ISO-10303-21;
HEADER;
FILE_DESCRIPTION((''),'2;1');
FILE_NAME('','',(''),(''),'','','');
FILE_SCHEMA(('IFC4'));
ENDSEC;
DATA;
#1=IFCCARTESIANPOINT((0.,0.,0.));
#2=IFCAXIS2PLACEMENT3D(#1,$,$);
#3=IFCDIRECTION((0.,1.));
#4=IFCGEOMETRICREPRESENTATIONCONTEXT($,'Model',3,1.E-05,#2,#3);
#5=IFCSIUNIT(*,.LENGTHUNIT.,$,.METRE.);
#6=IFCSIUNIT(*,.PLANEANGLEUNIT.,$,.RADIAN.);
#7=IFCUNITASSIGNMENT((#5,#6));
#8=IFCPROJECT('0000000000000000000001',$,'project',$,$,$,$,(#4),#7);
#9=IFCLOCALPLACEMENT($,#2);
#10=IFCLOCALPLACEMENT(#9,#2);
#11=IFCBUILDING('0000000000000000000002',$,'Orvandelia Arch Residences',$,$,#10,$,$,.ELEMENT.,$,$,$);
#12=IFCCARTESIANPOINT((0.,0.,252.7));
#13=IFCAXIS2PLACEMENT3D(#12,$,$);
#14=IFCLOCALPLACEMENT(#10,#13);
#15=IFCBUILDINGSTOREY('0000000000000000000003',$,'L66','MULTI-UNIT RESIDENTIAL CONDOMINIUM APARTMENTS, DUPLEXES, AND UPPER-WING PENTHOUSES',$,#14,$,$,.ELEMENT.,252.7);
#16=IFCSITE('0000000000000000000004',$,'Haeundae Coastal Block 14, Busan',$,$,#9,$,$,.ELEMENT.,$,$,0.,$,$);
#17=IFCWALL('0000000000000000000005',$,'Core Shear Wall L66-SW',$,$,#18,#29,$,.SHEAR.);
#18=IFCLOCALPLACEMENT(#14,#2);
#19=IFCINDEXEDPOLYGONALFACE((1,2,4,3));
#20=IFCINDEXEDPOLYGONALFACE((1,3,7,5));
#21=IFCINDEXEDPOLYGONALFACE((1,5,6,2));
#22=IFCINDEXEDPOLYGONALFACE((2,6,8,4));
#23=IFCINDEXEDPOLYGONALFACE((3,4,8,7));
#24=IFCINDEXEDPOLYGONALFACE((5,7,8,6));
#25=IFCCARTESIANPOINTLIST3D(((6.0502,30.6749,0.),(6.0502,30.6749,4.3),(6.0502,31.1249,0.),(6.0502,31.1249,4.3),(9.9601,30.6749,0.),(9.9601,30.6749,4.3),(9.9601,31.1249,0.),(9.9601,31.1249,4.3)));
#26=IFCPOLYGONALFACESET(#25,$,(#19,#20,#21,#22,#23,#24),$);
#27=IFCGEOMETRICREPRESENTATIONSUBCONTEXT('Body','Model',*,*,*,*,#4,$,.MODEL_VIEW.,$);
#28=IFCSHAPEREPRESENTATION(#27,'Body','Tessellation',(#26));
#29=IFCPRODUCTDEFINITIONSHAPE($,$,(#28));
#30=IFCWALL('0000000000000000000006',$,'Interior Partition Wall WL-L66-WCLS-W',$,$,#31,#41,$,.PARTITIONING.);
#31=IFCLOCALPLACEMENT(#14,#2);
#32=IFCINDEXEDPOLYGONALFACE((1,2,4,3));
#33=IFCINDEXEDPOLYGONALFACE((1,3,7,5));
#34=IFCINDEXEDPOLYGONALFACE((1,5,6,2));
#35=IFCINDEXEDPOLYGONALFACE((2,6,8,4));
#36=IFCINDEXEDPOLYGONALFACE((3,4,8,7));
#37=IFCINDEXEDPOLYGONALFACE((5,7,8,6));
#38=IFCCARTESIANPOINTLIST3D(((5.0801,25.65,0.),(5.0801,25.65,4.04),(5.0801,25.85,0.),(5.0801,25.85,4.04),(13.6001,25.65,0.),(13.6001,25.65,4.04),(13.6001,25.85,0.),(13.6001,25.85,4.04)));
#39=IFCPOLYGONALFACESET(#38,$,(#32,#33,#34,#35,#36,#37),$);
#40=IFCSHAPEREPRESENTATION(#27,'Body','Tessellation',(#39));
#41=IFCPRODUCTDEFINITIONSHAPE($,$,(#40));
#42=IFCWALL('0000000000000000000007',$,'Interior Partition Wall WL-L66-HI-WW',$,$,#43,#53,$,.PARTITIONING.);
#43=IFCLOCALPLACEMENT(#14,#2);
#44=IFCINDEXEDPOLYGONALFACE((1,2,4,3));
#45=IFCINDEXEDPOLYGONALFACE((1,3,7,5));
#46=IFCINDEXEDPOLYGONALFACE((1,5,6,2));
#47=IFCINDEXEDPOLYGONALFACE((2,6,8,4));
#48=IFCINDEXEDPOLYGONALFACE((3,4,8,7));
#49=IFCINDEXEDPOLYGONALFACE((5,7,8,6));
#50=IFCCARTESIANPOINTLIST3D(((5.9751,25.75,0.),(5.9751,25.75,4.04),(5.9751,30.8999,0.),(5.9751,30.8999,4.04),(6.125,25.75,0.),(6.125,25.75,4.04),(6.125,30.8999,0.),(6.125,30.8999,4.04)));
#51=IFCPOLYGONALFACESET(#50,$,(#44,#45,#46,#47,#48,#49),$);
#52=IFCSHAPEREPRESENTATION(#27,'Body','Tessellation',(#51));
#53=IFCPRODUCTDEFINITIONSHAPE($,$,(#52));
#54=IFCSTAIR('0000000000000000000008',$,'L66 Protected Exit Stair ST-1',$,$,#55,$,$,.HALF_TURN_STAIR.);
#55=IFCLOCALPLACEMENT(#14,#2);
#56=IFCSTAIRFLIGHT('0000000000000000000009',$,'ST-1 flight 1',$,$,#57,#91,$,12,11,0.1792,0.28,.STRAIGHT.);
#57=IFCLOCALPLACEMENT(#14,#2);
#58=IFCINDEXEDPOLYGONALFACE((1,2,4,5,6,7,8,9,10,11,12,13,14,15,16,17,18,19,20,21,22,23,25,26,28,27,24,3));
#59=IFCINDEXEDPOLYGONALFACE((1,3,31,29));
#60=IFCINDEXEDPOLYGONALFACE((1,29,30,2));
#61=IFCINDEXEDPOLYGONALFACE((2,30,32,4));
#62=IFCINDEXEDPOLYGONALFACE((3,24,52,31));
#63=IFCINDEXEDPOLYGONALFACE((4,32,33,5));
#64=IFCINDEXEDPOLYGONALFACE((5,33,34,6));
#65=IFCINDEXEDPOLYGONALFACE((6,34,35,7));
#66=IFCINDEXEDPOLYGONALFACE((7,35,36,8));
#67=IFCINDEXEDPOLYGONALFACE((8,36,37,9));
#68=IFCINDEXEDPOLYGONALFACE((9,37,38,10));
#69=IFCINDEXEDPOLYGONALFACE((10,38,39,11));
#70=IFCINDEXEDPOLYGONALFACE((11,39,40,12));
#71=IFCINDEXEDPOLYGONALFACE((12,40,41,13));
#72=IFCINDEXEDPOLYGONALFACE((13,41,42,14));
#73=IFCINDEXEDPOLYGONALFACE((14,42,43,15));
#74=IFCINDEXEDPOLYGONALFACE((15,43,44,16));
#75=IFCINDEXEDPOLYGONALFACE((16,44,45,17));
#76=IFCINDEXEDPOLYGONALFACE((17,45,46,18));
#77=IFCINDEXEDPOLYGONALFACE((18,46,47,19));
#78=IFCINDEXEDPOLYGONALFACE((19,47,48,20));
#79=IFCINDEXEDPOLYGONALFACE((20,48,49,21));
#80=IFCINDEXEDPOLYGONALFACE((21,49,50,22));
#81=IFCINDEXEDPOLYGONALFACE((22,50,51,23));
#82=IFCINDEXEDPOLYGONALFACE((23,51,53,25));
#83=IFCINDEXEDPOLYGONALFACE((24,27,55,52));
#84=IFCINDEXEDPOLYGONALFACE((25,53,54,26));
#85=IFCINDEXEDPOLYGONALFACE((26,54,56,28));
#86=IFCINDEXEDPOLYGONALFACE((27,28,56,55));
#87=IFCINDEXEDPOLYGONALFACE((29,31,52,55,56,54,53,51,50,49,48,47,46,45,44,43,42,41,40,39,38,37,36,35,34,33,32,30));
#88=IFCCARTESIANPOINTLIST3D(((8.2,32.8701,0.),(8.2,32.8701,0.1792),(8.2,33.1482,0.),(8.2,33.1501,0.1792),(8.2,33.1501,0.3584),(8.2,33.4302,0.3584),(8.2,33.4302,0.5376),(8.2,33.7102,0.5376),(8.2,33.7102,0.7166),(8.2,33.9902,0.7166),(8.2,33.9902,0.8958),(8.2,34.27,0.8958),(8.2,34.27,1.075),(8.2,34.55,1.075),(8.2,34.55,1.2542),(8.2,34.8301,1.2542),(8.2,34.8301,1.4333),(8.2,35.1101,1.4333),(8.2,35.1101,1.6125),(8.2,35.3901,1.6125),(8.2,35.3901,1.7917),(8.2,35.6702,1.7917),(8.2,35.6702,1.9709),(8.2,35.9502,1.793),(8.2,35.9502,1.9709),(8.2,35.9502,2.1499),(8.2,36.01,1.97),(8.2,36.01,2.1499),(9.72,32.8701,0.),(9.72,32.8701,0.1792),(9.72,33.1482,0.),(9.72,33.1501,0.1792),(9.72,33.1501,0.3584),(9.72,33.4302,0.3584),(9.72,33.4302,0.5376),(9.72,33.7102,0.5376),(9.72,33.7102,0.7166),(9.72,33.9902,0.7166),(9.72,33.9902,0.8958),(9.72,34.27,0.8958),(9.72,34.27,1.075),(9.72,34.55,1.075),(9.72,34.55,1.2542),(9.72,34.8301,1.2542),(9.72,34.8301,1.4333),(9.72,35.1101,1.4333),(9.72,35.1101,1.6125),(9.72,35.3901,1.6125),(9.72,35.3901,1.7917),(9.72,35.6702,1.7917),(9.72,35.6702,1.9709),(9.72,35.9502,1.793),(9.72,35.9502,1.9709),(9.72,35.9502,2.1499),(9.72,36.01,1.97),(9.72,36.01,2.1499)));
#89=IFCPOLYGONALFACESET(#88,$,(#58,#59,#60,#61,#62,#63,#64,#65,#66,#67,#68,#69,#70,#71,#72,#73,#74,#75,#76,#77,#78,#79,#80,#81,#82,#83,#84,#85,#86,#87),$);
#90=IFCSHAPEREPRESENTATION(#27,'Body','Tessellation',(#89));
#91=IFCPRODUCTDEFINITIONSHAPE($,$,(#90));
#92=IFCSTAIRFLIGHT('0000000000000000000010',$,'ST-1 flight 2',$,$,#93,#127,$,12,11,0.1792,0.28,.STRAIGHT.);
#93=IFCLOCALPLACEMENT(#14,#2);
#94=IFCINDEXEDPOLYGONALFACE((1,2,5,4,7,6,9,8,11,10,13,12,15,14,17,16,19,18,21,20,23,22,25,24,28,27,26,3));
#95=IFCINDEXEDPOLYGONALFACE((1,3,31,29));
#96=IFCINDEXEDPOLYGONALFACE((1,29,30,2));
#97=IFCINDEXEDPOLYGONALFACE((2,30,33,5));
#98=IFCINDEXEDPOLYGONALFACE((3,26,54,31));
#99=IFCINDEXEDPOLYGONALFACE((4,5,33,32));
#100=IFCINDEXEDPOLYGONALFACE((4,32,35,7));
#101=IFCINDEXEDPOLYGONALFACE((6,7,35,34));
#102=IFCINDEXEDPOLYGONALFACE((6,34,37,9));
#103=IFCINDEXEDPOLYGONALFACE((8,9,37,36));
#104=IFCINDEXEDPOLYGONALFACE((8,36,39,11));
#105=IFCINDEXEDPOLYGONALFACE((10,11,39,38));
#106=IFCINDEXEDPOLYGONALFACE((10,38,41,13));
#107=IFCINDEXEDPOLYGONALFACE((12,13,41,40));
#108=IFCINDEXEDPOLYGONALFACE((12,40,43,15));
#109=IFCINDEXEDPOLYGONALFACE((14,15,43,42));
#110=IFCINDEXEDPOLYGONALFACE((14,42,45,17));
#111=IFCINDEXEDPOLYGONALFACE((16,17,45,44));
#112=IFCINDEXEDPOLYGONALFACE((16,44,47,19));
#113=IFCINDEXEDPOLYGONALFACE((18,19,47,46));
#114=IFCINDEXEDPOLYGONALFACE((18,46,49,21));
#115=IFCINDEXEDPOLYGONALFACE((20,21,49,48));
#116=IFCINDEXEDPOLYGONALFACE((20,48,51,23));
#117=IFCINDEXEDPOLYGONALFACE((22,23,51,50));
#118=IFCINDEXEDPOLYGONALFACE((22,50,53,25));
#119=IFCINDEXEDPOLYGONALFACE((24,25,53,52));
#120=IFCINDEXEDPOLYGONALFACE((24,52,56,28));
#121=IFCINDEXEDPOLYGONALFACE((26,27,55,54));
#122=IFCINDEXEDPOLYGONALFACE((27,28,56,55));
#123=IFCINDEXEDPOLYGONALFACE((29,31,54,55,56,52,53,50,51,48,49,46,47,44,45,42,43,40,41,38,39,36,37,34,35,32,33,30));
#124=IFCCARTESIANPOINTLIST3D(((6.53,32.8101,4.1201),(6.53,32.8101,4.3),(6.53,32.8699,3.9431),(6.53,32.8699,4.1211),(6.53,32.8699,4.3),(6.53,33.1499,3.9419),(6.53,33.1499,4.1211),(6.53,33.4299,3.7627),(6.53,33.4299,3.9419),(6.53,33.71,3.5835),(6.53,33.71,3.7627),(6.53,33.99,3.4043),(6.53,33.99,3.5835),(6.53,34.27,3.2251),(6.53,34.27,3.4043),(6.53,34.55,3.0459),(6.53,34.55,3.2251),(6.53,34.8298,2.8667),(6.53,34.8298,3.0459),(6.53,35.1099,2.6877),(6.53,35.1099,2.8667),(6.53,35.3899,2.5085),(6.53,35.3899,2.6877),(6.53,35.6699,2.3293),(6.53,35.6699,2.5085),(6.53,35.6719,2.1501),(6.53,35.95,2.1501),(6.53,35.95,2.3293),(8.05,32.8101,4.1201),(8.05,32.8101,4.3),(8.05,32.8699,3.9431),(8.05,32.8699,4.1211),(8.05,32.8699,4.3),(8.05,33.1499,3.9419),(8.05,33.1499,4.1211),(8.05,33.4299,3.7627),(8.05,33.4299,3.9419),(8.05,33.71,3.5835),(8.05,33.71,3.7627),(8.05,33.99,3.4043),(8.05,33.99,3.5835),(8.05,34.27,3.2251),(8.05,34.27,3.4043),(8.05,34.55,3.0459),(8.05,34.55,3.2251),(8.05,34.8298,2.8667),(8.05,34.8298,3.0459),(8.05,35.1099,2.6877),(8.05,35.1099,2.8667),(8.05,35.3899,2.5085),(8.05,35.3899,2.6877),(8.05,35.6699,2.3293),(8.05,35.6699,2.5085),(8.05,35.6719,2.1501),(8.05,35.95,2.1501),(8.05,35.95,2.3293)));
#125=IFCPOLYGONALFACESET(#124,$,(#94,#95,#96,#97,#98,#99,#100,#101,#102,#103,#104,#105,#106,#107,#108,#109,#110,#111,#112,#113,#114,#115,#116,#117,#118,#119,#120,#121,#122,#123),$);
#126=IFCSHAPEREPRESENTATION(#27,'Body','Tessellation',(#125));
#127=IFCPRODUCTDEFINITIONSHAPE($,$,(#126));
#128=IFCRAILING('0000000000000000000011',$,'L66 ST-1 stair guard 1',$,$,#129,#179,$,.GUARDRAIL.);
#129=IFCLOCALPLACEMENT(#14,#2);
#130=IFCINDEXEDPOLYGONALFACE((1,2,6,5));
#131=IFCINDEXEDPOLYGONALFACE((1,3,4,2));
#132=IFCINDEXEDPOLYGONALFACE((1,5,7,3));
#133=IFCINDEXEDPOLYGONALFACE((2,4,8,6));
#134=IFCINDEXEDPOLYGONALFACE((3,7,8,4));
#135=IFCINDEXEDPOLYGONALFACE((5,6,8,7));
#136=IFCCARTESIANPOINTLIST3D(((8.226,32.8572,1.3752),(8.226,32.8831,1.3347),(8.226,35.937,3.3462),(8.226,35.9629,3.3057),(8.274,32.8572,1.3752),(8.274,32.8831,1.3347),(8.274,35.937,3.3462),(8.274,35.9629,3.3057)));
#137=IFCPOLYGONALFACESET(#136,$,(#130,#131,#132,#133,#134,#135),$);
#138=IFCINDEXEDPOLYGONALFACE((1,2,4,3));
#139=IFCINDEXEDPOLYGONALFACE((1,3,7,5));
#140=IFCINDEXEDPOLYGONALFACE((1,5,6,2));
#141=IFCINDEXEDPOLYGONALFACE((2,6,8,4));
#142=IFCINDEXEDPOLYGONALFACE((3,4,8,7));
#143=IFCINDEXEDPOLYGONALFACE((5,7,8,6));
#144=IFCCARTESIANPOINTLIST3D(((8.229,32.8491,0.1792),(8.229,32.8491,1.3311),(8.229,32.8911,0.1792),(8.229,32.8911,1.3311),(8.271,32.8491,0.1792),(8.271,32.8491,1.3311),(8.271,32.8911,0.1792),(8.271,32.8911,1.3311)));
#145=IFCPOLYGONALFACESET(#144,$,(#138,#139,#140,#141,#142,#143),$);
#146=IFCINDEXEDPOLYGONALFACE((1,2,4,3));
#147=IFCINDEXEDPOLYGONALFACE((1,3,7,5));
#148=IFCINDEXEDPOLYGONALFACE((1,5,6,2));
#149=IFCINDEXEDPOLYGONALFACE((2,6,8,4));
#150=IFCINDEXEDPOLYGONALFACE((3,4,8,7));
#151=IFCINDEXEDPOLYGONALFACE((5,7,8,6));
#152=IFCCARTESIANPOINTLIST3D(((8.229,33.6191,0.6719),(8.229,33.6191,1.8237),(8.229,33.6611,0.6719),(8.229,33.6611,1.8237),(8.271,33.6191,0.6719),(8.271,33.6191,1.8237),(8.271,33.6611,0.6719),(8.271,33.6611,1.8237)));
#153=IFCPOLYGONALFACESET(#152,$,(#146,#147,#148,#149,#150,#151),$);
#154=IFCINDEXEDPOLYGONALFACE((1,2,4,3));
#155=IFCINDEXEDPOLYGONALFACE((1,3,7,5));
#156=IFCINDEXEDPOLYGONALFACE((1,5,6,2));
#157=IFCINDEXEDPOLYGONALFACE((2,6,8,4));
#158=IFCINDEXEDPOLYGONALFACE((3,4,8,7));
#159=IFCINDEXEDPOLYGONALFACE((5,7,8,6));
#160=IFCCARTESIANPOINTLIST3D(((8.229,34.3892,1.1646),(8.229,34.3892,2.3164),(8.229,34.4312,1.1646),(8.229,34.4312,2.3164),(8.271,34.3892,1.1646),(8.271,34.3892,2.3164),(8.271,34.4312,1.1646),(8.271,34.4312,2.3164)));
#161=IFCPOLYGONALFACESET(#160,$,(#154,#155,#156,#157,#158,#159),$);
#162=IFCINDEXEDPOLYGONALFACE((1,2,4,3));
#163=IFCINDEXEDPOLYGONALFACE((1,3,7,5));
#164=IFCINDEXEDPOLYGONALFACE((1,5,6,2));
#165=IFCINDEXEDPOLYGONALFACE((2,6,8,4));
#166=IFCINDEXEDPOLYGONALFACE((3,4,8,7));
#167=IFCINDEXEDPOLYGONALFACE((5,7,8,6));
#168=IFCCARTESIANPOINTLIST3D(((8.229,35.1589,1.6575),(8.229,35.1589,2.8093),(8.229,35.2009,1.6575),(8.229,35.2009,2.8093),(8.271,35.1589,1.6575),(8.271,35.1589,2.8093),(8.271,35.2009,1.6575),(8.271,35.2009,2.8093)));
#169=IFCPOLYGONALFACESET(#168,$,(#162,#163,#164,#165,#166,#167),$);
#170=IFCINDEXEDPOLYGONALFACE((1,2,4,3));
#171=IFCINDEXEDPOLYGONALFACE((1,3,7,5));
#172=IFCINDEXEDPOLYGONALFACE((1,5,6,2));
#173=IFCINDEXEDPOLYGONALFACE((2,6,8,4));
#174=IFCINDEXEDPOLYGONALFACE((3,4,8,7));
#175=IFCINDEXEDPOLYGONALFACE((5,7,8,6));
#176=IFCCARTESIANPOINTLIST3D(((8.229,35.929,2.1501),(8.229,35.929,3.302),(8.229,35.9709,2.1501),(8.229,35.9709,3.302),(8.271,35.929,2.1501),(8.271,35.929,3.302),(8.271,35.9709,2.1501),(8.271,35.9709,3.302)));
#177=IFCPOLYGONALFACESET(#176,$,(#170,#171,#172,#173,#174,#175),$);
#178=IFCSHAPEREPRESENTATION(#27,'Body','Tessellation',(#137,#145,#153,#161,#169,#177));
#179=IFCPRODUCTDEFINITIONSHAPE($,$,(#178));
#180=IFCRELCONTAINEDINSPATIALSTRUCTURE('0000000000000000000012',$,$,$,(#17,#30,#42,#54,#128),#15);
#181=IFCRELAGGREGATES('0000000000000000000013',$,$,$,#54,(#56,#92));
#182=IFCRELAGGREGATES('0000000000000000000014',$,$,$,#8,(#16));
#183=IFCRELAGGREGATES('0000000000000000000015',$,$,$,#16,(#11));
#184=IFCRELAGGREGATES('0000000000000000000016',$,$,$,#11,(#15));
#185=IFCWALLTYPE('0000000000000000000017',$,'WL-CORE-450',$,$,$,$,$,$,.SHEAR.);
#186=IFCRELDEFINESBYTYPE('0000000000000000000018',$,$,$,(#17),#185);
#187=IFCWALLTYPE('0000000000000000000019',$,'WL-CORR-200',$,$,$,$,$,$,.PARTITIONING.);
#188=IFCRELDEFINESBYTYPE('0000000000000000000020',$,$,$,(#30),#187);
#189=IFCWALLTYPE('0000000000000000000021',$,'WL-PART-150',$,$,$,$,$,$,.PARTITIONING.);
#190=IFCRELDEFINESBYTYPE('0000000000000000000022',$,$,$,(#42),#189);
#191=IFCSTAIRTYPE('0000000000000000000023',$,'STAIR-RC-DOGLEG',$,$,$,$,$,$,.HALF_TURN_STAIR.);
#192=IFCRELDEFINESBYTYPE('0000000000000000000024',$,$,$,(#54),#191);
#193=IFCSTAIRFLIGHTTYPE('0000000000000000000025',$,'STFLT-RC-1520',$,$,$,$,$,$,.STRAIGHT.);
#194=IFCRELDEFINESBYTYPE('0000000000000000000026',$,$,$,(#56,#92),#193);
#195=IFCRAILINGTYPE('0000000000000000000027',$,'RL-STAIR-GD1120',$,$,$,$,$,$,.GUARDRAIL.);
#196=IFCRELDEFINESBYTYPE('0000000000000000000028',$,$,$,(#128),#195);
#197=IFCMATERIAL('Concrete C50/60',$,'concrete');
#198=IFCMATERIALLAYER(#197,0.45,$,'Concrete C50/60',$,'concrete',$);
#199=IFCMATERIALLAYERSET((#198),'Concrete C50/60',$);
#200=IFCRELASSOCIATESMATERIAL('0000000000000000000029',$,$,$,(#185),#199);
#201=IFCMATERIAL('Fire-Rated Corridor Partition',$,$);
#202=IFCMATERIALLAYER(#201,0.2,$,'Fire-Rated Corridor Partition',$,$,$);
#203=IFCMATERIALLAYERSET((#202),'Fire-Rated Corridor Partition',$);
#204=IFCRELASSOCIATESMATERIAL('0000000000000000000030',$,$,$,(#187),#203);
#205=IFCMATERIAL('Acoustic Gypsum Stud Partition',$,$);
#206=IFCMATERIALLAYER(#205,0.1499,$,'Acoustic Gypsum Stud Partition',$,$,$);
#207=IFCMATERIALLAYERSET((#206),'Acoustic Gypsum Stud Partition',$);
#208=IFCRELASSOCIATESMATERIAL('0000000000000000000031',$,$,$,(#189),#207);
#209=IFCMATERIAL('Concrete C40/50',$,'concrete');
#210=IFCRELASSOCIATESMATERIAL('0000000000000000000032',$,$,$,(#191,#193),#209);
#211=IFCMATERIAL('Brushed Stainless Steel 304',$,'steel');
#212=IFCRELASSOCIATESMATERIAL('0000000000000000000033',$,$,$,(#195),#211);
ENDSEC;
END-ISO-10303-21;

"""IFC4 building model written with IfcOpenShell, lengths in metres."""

from ifc_helpers import new_model, si_unit, direction, frame, frame_2d, origin, origin_2d, place, context, subcontext, project, spatial, polyline, rectangle, outline, extrude, material, layer, layer_set, type_object, element, aggregate, save


model = new_model("IFC4")

# Units and contexts
model_context = context("Model", 3, precision=1e-05, world=origin(), true_north=direction((0.0, 1.0)))
body_context = subcontext(model_context, "Body", "Model", "MODEL_VIEW")
ifc_project = project(units=[si_unit("LENGTHUNIT", "METRE"), si_unit("PLANEANGLEUNIT", "RADIAN")], contexts=[model_context])

# Site, building, storey
site_placement = place(None, origin())
site = spatial("IfcSite", under=ifc_project, at=site_placement, Name="Haeundae Coastal Block 14, Busan", CompositionType="ELEMENT", RefElevation=0.0)
building_placement = place(site_placement, origin())
building = spatial("IfcBuilding", under=site, at=building_placement, Name="Orvandelia Arch Residences", CompositionType="ELEMENT")
storey_placement = place(building_placement, frame((0.0, 0.0, 252.7)))
storey = spatial("IfcBuildingStorey", under=building, at=storey_placement, Name="L66", Description="MULTI-UNIT RESIDENTIAL CONDOMINIUM APARTMENTS, DUPLEXES, AND UPPER-WING PENTHOUSES", CompositionType="ELEMENT", Elevation=252.7)

# Shared definitions
ifc_material_1 = material(Name="Concrete C50/60", Category="concrete")

# Shared definitions
ifc_layer_1 = layer(ifc_material_1, 0.45, Name="Concrete C50/60", Category="concrete")
ifc_layer_set_1 = layer_set([ifc_layer_1], Name="Concrete C50/60")
wall_type_1 = type_object("IfcWallType", Name="WL-CORE-450", PredefinedType="SHEAR", material=ifc_layer_set_1)

# Wall
wall_1_placement = place(storey_placement, frame((6.05, 30.8999, 0.0), z_axis=(0.0, 0.0, 1.0), x_axis=(1.0, 0.0, 0.0)))
element("IfcWall", 1, at=wall_1_placement, inside=storey, type_object=wall_type_1, Name="Core Shear Wall L66-SW", PredefinedType="SHEAR", context=body_context, shape_type="SweptSolid", body=[
    extrude(rectangle(XDim=3.9099, YDim=0.45, at=frame_2d((1.9551, 0.0))), origin(), (0.0, 0.0, 1.0), 4.3),
])

# Walls
ifc_material_2 = material(Name="Fire-Rated Corridor Partition")
ifc_layer_2 = layer(ifc_material_2, 0.2, Name="Fire-Rated Corridor Partition")
ifc_layer_set_2 = layer_set([ifc_layer_2], Name="Fire-Rated Corridor Partition")
wall_type_2 = type_object("IfcWallType", Name="WL-CORR-200", PredefinedType="PARTITIONING", material=ifc_layer_set_2)
wall_2_placement = place(storey_placement, frame((5.0801, 25.75, 0.0), z_axis=(0.0, 0.0, 1.0), x_axis=(1.0, 0.0, 0.0)))
element("IfcWall", 2, at=wall_2_placement, inside=storey, type_object=wall_type_2, Name="Interior Partition Wall WL-L66-WCLS-W", PredefinedType="PARTITIONING", context=body_context, shape_type="SweptSolid", body=[
    extrude(rectangle(XDim=8.52, YDim=0.2, at=frame_2d((4.26, 0.0))), origin(), (0.0, 0.0, 1.0), 4.04),
])
ifc_material_3 = material(Name="Acoustic Gypsum Stud Partition")
ifc_layer_3 = layer(ifc_material_3, 0.1499, Name="Acoustic Gypsum Stud Partition")
ifc_layer_set_3 = layer_set([ifc_layer_3], Name="Acoustic Gypsum Stud Partition")
wall_type_3 = type_object("IfcWallType", Name="WL-PART-150", PredefinedType="PARTITIONING", material=ifc_layer_set_3)
wall_3_placement = place(storey_placement, frame((6.05, 25.75, 0.0), z_axis=(0.0, 0.0, 1.0), x_axis=(0.0, 1.0, 0.0)))
element("IfcWall", 3, at=wall_3_placement, inside=storey, type_object=wall_type_3, Name="Interior Partition Wall WL-L66-HI-WW", PredefinedType="PARTITIONING", context=body_context, shape_type="SweptSolid", body=[
    extrude(rectangle(XDim=5.1499, YDim=0.1499, at=frame_2d((2.575, 0.0))), origin(), (0.0, 0.0, 1.0), 4.04),
])

# Stair, stair flights
ifc_material_4 = material(Name="Concrete C40/50", Category="concrete")
stair_type = type_object("IfcStairType", Name="STAIR-RC-DOGLEG", PredefinedType="HALF_TURN_STAIR", material=ifc_material_4)
stair_placement = place(storey_placement, origin())
stair = element("IfcStair", 4, at=stair_placement, inside=storey, type_object=stair_type, Name="L66 Protected Exit Stair ST-1", PredefinedType="HALF_TURN_STAIR")
stair_flight_type = type_object("IfcStairFlightType", Name="STFLT-RC-1520", PredefinedType="STRAIGHT", material=ifc_material_4)
stair_flight_1_placement = place(storey_placement, frame((8.96, 32.8701, 0.0), z_axis=(0.0, 0.0, 1.0), x_axis=(0.0, 1.0, 0.0)))
stair_flight_1 = element("IfcStairFlight", 5, at=stair_flight_1_placement, type_object=stair_flight_type, Name="ST-1 flight 1", NumberOfRisers=12, NumberOfTreads=11, PredefinedType="STRAIGHT", RiserHeight=0.1792, TreadLength=0.28, context=body_context, shape_type="SweptSolid", body=[
    extrude(outline(polyline([(0.0, 0.0), (0.0, 0.1792), (0.28, 0.1792), (0.28, 0.3584), (0.5601, 0.3584), (0.5601, 0.5376), (0.8401, 0.5376), (0.8401, 0.7166), (1.1201, 0.7166), (1.1201, 0.8958), (1.3999, 0.8958), (1.3999, 1.075), (1.6799, 1.075), (1.6799, 1.2542), (1.96, 1.2542), (1.96, 1.4333), (2.24, 1.4333), (2.24, 1.6125), (2.52, 1.6125), (2.52, 1.7917), (2.8, 1.7917), (2.8, 1.9709), (3.0801, 1.9709), (3.0801, 2.1499), (3.1399, 2.1499), (3.1399, 1.97), (3.0801, 1.793), (0.2781, 0.0), (0.0, 0.0)])), frame((0.0, 0.76, 0.0), z_axis=(0.0, -1.0, 0.0), x_axis=(1.0, 0.0, 0.0)), (0.0, 0.0, 1.0), 1.52),
])
stair_flight_2_placement = place(storey_placement, frame((7.29, 35.95, 2.1501), z_axis=(0.0, 0.0, 1.0), x_axis=(0.0, -1.0, 0.0)))
stair_flight_2 = element("IfcStairFlight", 6, at=stair_flight_2_placement, type_object=stair_flight_type, Name="ST-1 flight 2", NumberOfRisers=12, NumberOfTreads=11, PredefinedType="STRAIGHT", RiserHeight=0.1792, TreadLength=0.28, context=body_context, shape_type="SweptSolid", body=[
    extrude(outline(polyline([(0.0, 0.0), (0.0, 0.1792), (0.28, 0.1792), (0.28, 0.3584), (0.5601, 0.3584), (0.5601, 0.5376), (0.8401, 0.5376), (0.8401, 0.7166), (1.1201, 0.7166), (1.1201, 0.8958), (1.3999, 0.8958), (1.3999, 1.075), (1.6799, 1.075), (1.6799, 1.2542), (1.96, 1.2542), (1.96, 1.4333), (2.24, 1.4333), (2.24, 1.6125), (2.52, 1.6125), (2.52, 1.7917), (2.8, 1.7917), (2.8, 1.9709), (3.0801, 1.9709), (3.0801, 2.1499), (3.1399, 2.1499), (3.1399, 1.97), (3.0801, 1.793), (0.2781, 0.0), (0.0, 0.0)])), frame((0.0, 0.76, 0.0), z_axis=(0.0, -1.0, 0.0), x_axis=(1.0, 0.0, 0.0)), (0.0, 0.0, 1.0), 1.52),
])
aggregate(stair, [stair_flight_1, stair_flight_2])

# Railing
ifc_material_5 = material(Name="Brushed Stainless Steel 304", Category="steel")
railing_type_1 = type_object("IfcRailingType", Name="RL-STAIR-GD1120", PredefinedType="GUARDRAIL", material=ifc_material_5)
railing_1_placement = place(storey_placement, frame((8.25, 32.8701, 0.1792)))
element("IfcRailing", 7, at=railing_1_placement, inside=storey, type_object=railing_type_1, Name="L66 ST-1 stair guard 1", PredefinedType="GUARDRAIL", context=body_context, shape_type="SweptSolid", body=[
    extrude(rectangle(XDim=0.0481, YDim=0.0481, at=origin_2d()), frame((0.0, 0.0, 1.1758), z_axis=(0.0, 0.84229, 0.539025), x_axis=(-1.0, 0.0, 0.0)), (0.0, 0.0, 1.0), 3.6565),
    extrude(rectangle(XDim=0.042, YDim=0.042, at=origin_2d()), origin(), (0.0, 0.0, 1.0), 1.1519),
    extrude(rectangle(XDim=0.042, YDim=0.042, at=origin_2d()), frame((0.0, 0.77, 0.4927)), (0.0, 0.0, 1.0), 1.1519),
    extrude(rectangle(XDim=0.042, YDim=0.042, at=origin_2d()), frame((0.0, 1.54, 0.9854)), (0.0, 0.0, 1.0), 1.1519),
    extrude(rectangle(XDim=0.042, YDim=0.042, at=origin_2d()), frame((0.0, 2.3098, 1.4783)), (0.0, 0.0, 1.0), 1.1519),
    extrude(rectangle(XDim=0.042, YDim=0.042, at=origin_2d()), frame((0.0, 3.0798, 1.9709)), (0.0, 0.0, 1.0), 1.1519),
])

save(model, "model.ifc")
